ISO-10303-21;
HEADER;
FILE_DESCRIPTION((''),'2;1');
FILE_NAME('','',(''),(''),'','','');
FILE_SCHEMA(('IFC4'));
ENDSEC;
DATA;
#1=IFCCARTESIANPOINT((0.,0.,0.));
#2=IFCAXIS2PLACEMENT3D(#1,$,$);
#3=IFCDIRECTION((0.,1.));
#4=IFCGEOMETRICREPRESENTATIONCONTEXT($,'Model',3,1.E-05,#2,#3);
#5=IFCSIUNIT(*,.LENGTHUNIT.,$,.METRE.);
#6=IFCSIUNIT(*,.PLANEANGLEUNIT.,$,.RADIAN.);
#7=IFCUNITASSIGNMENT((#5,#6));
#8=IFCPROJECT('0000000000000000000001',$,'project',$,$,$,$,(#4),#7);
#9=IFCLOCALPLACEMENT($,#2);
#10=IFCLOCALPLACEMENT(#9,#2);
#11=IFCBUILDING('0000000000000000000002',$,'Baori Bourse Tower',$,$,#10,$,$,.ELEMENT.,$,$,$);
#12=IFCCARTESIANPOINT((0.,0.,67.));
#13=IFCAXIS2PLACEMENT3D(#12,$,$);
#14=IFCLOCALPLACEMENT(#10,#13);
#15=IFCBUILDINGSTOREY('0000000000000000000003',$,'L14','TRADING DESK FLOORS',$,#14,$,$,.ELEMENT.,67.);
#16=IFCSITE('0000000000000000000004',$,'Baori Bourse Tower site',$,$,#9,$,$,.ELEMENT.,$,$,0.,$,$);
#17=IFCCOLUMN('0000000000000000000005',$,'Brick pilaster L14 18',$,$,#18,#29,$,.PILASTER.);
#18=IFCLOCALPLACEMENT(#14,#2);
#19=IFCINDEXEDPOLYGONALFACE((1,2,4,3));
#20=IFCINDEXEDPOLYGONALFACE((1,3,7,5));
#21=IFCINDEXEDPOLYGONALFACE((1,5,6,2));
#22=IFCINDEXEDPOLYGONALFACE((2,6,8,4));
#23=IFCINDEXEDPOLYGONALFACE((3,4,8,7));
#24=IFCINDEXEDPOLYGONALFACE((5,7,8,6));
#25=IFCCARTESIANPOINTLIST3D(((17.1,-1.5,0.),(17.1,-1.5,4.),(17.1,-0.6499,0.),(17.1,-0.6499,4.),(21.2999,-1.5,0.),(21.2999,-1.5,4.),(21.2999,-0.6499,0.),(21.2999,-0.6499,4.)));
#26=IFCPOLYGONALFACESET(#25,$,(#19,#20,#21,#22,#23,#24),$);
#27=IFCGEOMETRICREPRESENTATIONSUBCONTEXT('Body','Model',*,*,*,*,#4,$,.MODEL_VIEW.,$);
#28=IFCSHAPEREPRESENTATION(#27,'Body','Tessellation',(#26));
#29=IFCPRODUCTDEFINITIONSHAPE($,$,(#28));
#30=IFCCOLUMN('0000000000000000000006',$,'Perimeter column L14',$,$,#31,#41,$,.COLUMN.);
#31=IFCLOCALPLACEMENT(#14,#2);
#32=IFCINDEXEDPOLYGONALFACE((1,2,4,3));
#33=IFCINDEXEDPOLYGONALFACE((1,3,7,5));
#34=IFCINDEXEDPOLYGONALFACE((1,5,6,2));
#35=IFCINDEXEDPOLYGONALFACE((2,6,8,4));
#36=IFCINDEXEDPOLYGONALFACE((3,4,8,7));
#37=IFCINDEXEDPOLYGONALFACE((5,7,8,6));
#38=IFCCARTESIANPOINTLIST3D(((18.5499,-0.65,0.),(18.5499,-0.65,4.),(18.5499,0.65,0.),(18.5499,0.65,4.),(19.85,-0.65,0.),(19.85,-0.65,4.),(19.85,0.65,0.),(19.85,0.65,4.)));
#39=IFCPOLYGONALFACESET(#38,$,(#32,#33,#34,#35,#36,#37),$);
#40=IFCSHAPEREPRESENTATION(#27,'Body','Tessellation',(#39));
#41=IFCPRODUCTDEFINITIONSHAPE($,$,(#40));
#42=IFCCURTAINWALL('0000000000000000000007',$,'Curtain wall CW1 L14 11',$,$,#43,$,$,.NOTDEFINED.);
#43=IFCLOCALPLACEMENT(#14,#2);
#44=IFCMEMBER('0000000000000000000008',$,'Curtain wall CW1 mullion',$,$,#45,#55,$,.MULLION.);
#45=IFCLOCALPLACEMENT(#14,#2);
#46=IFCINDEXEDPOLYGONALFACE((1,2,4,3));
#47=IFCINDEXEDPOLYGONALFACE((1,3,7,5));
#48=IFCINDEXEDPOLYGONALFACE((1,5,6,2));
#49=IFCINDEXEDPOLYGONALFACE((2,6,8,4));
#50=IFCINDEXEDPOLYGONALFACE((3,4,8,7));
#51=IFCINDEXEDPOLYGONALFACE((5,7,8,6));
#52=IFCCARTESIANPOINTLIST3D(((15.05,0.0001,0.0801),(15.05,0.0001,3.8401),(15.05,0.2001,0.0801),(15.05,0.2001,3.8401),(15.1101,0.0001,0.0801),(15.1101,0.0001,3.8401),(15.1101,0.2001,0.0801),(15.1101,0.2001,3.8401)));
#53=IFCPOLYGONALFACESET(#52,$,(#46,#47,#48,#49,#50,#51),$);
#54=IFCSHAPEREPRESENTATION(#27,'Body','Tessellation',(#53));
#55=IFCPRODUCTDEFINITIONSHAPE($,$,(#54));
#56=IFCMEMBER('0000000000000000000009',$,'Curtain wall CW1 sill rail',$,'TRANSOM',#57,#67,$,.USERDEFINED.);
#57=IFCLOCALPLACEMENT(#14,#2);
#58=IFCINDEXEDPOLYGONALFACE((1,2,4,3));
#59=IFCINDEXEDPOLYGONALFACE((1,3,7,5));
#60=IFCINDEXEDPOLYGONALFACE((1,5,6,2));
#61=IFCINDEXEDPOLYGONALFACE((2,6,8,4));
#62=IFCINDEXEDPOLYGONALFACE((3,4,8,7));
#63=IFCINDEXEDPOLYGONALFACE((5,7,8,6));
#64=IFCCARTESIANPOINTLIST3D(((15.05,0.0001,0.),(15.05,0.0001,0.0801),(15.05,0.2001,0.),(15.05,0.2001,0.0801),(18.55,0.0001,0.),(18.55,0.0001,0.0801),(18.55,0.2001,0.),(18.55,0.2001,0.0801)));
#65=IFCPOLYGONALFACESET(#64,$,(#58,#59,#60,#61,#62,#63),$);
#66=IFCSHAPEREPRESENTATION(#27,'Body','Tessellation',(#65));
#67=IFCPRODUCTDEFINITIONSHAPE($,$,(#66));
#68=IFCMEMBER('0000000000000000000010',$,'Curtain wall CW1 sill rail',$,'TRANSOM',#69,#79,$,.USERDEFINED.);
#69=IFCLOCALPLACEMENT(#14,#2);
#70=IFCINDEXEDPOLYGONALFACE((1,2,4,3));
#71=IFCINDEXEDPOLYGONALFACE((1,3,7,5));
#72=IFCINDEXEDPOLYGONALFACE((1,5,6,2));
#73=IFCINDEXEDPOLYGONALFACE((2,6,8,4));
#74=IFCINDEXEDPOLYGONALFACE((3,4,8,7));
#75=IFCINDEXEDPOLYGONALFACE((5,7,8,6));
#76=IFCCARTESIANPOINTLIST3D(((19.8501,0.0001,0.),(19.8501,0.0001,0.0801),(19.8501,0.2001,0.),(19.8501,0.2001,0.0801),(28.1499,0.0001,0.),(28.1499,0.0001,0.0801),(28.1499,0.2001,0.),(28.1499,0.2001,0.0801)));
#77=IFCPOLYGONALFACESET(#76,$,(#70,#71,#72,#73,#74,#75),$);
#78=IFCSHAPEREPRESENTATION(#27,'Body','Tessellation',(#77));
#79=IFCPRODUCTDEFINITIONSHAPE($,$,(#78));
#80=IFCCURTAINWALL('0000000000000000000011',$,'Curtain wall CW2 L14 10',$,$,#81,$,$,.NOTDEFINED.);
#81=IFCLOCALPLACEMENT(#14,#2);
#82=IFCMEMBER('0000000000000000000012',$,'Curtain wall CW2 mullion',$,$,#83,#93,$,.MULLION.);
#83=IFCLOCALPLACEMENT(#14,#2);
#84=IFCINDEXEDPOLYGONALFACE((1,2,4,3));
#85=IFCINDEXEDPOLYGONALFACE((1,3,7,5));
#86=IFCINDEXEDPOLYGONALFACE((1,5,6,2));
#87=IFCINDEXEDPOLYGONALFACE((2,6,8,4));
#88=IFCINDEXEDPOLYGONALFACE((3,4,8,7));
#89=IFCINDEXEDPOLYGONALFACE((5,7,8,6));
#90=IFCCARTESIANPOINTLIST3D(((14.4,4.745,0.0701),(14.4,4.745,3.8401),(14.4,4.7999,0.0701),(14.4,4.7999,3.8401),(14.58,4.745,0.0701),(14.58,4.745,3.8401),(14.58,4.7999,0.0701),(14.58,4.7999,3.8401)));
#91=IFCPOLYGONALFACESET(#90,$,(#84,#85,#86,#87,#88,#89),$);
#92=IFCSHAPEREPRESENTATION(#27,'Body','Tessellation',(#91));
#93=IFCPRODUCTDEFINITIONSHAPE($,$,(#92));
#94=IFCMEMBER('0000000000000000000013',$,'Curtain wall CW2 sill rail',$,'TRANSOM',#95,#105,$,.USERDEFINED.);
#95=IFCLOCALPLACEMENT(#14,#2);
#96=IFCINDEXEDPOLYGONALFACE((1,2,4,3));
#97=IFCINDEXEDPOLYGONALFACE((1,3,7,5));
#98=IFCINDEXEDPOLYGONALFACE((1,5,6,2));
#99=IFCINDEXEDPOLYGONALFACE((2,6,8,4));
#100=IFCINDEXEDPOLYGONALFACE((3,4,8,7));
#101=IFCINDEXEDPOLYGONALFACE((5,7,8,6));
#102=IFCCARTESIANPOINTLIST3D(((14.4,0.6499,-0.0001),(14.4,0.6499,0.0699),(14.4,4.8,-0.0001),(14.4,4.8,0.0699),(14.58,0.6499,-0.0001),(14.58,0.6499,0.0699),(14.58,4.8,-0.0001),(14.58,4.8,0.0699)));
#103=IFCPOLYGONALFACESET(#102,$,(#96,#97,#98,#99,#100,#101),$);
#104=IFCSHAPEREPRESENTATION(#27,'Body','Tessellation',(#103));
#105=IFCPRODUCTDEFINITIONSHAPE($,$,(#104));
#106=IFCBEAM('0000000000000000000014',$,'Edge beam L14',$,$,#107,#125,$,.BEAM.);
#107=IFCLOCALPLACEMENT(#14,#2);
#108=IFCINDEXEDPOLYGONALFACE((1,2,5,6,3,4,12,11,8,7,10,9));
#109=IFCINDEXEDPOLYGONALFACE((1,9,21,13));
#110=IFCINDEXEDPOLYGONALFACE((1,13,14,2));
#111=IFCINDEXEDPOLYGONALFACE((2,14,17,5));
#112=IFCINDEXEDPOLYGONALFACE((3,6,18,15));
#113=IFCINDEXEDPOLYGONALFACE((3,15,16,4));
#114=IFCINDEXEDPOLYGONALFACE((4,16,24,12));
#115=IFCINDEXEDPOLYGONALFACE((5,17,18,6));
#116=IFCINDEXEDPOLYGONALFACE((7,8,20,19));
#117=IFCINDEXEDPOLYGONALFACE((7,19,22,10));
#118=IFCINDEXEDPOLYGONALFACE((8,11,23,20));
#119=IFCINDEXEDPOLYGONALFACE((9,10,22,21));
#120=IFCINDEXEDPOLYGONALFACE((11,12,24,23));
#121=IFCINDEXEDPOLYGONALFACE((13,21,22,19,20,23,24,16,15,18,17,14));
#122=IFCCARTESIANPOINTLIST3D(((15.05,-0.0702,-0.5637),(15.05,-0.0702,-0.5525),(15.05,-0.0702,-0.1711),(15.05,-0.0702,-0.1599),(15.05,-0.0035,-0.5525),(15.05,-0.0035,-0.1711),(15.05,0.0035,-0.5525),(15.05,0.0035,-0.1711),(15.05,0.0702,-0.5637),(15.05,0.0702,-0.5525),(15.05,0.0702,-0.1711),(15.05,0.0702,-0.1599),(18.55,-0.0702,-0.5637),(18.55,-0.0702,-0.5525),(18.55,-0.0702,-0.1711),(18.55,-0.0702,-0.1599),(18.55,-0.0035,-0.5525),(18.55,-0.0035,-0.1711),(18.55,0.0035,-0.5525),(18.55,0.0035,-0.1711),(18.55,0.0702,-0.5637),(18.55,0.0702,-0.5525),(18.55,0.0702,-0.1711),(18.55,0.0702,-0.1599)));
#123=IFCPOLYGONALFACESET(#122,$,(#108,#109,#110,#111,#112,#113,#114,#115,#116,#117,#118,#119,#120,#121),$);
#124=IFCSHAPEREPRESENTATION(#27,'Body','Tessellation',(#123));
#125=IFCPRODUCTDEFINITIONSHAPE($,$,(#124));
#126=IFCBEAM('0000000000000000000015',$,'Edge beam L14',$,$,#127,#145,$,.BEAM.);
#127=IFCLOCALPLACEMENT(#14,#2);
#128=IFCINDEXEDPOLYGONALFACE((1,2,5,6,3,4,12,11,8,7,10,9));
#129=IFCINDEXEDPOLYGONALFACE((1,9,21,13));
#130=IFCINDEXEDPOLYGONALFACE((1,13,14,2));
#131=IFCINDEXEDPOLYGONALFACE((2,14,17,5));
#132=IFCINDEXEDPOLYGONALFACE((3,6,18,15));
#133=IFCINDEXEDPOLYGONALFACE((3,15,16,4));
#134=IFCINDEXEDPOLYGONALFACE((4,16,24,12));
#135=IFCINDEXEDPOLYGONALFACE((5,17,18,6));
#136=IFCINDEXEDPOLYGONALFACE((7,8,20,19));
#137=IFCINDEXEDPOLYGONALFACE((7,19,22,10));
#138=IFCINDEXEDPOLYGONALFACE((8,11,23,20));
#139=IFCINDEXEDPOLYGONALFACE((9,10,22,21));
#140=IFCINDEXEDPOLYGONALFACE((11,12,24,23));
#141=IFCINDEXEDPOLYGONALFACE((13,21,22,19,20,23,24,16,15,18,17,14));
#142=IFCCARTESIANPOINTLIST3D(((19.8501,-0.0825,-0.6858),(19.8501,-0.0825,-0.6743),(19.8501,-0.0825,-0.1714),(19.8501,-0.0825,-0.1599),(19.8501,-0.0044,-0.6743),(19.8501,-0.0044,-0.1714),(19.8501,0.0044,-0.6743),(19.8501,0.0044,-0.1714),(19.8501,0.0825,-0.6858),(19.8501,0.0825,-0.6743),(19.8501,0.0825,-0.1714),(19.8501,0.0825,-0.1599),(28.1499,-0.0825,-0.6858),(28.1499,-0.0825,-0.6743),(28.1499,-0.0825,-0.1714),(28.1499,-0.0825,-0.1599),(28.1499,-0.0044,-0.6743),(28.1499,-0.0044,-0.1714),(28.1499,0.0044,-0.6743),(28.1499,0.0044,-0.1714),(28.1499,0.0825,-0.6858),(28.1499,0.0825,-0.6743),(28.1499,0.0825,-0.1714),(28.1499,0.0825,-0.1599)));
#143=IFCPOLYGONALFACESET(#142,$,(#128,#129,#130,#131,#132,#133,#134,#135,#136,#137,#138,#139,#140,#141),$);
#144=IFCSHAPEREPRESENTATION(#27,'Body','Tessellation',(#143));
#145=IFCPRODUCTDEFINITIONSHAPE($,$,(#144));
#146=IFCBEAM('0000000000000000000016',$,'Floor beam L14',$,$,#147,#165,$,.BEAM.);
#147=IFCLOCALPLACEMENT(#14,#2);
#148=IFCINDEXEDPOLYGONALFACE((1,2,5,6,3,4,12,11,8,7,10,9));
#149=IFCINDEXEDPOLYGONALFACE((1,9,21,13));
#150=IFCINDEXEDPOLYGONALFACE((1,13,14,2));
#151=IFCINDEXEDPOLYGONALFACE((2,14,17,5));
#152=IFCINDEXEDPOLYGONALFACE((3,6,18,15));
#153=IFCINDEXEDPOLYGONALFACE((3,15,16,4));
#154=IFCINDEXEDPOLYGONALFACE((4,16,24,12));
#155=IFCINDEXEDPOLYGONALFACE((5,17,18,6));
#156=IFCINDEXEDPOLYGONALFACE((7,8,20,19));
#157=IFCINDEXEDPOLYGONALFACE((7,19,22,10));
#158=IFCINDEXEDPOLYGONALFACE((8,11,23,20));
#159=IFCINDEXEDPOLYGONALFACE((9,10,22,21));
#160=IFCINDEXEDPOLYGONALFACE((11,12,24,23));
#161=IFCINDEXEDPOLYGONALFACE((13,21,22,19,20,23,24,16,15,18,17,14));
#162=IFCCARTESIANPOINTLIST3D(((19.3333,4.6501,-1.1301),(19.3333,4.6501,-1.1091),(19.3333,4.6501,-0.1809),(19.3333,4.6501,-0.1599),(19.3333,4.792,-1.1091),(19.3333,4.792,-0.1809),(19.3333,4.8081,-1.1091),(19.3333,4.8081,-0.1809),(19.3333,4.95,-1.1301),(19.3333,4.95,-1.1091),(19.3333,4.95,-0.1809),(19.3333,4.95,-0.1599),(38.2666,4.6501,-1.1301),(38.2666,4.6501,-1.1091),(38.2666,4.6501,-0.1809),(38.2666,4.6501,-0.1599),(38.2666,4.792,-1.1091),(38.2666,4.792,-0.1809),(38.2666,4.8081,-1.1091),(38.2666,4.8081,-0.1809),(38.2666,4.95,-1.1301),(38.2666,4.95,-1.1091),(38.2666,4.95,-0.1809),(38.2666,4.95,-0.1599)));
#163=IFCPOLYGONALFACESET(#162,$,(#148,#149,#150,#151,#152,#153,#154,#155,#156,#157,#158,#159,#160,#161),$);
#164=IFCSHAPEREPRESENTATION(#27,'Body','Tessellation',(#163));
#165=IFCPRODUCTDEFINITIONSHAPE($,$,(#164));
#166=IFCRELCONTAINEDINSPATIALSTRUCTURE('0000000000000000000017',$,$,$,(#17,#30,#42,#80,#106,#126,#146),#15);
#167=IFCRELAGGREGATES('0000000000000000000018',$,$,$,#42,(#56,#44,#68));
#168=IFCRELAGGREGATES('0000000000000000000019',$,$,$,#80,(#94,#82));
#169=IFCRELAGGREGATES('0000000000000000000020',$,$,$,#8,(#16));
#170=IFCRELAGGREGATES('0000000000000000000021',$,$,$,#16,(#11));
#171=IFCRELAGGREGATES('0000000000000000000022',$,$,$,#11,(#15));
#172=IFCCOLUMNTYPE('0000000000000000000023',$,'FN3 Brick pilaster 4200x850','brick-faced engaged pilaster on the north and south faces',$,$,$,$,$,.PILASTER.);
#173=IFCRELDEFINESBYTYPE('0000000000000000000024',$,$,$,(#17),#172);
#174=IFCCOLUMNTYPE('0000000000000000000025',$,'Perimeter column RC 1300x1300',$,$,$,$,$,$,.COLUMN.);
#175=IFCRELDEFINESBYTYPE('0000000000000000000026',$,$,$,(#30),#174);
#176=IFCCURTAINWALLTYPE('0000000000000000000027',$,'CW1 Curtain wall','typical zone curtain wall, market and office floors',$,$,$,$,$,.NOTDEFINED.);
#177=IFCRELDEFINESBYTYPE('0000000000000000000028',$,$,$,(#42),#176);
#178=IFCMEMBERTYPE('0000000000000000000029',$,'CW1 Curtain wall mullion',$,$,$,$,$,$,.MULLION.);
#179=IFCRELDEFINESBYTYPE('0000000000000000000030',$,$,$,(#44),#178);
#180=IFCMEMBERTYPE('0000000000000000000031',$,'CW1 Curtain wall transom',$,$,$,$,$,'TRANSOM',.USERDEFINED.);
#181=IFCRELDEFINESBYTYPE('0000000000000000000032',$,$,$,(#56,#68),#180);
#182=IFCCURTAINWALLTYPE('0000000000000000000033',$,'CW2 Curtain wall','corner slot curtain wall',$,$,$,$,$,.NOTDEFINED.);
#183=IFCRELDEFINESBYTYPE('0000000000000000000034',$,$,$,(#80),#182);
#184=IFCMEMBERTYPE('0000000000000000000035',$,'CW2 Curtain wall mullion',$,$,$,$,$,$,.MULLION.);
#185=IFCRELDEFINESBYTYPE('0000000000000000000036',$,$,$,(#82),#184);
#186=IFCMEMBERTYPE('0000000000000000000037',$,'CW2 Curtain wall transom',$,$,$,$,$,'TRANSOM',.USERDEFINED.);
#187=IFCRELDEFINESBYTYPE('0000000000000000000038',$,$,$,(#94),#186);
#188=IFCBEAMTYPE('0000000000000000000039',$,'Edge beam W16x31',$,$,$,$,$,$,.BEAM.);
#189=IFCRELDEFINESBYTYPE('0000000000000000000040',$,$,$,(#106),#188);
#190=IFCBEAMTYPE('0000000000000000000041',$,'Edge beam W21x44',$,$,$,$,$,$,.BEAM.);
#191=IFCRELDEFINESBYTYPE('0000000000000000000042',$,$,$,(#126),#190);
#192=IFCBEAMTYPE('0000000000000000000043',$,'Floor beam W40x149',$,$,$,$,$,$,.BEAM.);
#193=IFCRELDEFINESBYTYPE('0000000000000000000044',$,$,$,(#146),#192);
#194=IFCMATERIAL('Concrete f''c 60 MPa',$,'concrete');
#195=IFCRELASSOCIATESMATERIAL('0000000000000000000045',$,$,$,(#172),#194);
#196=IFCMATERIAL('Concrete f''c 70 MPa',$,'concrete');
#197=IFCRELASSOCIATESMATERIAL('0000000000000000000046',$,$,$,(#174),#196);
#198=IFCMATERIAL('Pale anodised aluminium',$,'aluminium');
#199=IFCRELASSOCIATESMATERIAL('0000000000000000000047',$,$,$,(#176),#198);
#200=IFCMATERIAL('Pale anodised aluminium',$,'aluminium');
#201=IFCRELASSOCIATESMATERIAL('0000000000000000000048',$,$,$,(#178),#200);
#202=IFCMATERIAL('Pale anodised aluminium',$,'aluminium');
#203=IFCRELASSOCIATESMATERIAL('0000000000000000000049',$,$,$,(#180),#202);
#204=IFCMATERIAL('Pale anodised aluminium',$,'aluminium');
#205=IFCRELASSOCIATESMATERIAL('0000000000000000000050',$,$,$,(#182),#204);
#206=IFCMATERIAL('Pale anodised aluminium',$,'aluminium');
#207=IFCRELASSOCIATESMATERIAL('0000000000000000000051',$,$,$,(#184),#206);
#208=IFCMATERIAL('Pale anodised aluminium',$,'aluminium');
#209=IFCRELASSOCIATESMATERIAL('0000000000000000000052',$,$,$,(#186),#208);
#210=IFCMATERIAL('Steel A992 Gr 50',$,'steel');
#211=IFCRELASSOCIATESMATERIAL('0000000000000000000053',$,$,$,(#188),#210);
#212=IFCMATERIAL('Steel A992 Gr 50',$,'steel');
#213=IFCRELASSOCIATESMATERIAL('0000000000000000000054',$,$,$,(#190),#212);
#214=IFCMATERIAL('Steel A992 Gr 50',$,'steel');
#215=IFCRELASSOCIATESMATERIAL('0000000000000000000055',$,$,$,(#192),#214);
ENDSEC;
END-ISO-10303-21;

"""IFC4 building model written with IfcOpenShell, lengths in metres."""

from ifc_helpers import new_model, si_unit, direction, frame, origin, origin_2d, place, context, subcontext, project, spatial, rectangle, i_section, extrude, material, material_profile, profile_set, type_object, element, aggregate, save


model = new_model("IFC4")

# Units and contexts
model_context = context("Model", 3, precision=1e-05, world=origin(), true_north=direction((0.0, 1.0)))
body_context = subcontext(model_context, "Body", "Model", "MODEL_VIEW")
ifc_project = project(units=[si_unit("LENGTHUNIT", "METRE"), si_unit("PLANEANGLEUNIT", "RADIAN")], contexts=[model_context])

# Site, building, storey
site_placement = place(None, origin())
site = spatial("IfcSite", under=ifc_project, at=site_placement, Name="Baori Bourse Tower site", CompositionType="ELEMENT", RefElevation=0.0)
building_placement = place(site_placement, origin())
building = spatial("IfcBuilding", under=site, at=building_placement, Name="Baori Bourse Tower", CompositionType="ELEMENT")
storey_placement = place(building_placement, frame((0.0, 0.0, 67.0)))
storey = spatial("IfcBuildingStorey", under=building, at=storey_placement, Name="L14", Description="TRADING DESK FLOORS", CompositionType="ELEMENT", Elevation=67.0)

# Columns
ifc_material_1 = material(Name="Concrete f'c 60 MPa", Category="concrete")
ifc_material_profile_1 = material_profile(ifc_material_1, rectangle(XDim=4.2, YDim=0.8501, at=origin_2d()), Name="RC 4200x850")
ifc_profile_set_1 = profile_set([ifc_material_profile_1], Name="Concrete f'c 60 MPa")
column_type_1 = type_object("IfcColumnType", Name="FN3 Brick pilaster 4200x850", Description="brick-faced engaged pilaster on the north and south faces", PredefinedType="PILASTER", material=ifc_profile_set_1)
column_1_placement = place(storey_placement, frame((19.2, -1.075, 0.0), z_axis=(0.0, 0.0, 1.0), x_axis=(1.0, 0.0, 0.0)))
element("IfcColumn", 1, at=column_1_placement, inside=storey, type_object=column_type_1, Name="Brick pilaster L14 18", PredefinedType="PILASTER", context=body_context, shape_type="SweptSolid", body=[
    extrude(rectangle(XDim=4.2, YDim=0.8501, at=origin_2d()), origin(), (0.0, 0.0, 1.0), 4.0),
])
ifc_material_2 = material(Name="Concrete f'c 70 MPa", Category="concrete")
ifc_material_profile_2 = material_profile(ifc_material_2, rectangle(XDim=1.3, YDim=1.3, at=origin_2d()), Name="RC 1300x1300")
ifc_profile_set_2 = profile_set([ifc_material_profile_2], Name="Concrete f'c 70 MPa")
column_type_2 = type_object("IfcColumnType", Name="Perimeter column RC 1300x1300", PredefinedType="COLUMN", material=ifc_profile_set_2)
column_2_placement = place(storey_placement, frame((19.2, 0.0, 0.0), z_axis=(0.0, 0.0, 1.0), x_axis=(1.0, 0.0, 0.0)))
element("IfcColumn", 2, at=column_2_placement, inside=storey, type_object=column_type_2, Name="Perimeter column L14", PredefinedType="COLUMN", context=body_context, shape_type="SweptSolid", body=[
    extrude(rectangle(XDim=1.3, YDim=1.3, at=origin_2d()), origin(), (0.0, 0.0, 1.0), 4.0),
])

# Curtain walls, members
ifc_material_3 = material(Name="Pale anodised aluminium", Category="aluminium")
curtain_wall_type_1 = type_object("IfcCurtainWallType", Name="CW1 Curtain wall", Description="typical zone curtain wall, market and office floors", PredefinedType="NOTDEFINED", material=ifc_material_3)
curtain_wall_1_placement = place(storey_placement, origin())
curtain_wall_1 = element("IfcCurtainWall", 3, at=curtain_wall_1_placement, inside=storey, type_object=curtain_wall_type_1, Name="Curtain wall CW1 L14 11", PredefinedType="NOTDEFINED")
ifc_material_4 = material(Name="Pale anodised aluminium", Category="aluminium")
ifc_material_profile_3 = material_profile(ifc_material_4, rectangle(XDim=0.2, YDim=0.0601, at=origin_2d()), Name="Mullion 60x200")
ifc_profile_set_3 = profile_set([ifc_material_profile_3], Name="Pale anodised aluminium")
member_type_1 = type_object("IfcMemberType", Name="CW1 Curtain wall mullion", PredefinedType="MULLION", material=ifc_profile_set_3)
member_1_placement = place(storey_placement, frame((15.0801, 0.1001, 0.0801), z_axis=(0.0, 0.0, 1.0), x_axis=(0.0, 1.0, 0.0)))
member_1 = element("IfcMember", 4, at=member_1_placement, type_object=member_type_1, Name="Curtain wall CW1 mullion", PredefinedType="MULLION", context=body_context, shape_type="SweptSolid", body=[
    extrude(rectangle(XDim=0.2, YDim=0.0601, at=origin_2d()), origin(), (0.0, 0.0, 1.0), 3.76),
])
ifc_material_5 = material(Name="Pale anodised aluminium", Category="aluminium")
ifc_material_profile_4 = material_profile(ifc_material_5, rectangle(XDim=0.2, YDim=0.0801, at=origin_2d()), Name="Transom 80x200")
ifc_profile_set_4 = profile_set([ifc_material_profile_4], Name="Pale anodised aluminium")
member_type_2 = type_object("IfcMemberType", Name="CW1 Curtain wall transom", ElementType="TRANSOM", PredefinedType="USERDEFINED", material=ifc_profile_set_4)
member_2_placement = place(storey_placement, frame((15.05, 0.1001, 0.04), z_axis=(1.0, 0.0, 0.0), x_axis=(0.0, 1.0, 0.0)))
member_2 = element("IfcMember", 5, at=member_2_placement, type_object=member_type_2, Name="Curtain wall CW1 sill rail", ObjectType="TRANSOM", PredefinedType="USERDEFINED", context=body_context, shape_type="SweptSolid", body=[
    extrude(rectangle(XDim=0.2, YDim=0.0801, at=origin_2d()), origin(), (0.0, 0.0, 1.0), 3.5),
])
member_3_placement = place(storey_placement, frame((19.8501, 0.1001, 0.04), z_axis=(1.0, 0.0, 0.0), x_axis=(0.0, 1.0, 0.0)))
member_3 = element("IfcMember", 6, at=member_3_placement, type_object=member_type_2, Name="Curtain wall CW1 sill rail", ObjectType="TRANSOM", PredefinedType="USERDEFINED", context=body_context, shape_type="SweptSolid", body=[
    extrude(rectangle(XDim=0.2, YDim=0.0801, at=origin_2d()), origin(), (0.0, 0.0, 1.0), 8.2998),
])
ifc_material_6 = material(Name="Pale anodised aluminium", Category="aluminium")
curtain_wall_type_2 = type_object("IfcCurtainWallType", Name="CW2 Curtain wall", Description="corner slot curtain wall", PredefinedType="NOTDEFINED", material=ifc_material_6)
curtain_wall_2_placement = place(storey_placement, origin())
curtain_wall_2 = element("IfcCurtainWall", 7, at=curtain_wall_2_placement, inside=storey, type_object=curtain_wall_type_2, Name="Curtain wall CW2 L14 10", PredefinedType="NOTDEFINED")
ifc_material_7 = material(Name="Pale anodised aluminium", Category="aluminium")
ifc_material_profile_5 = material_profile(ifc_material_7, rectangle(XDim=0.1799, YDim=0.0549, at=origin_2d()), Name="Mullion 55x180")
ifc_profile_set_5 = profile_set([ifc_material_profile_5], Name="Pale anodised aluminium")
member_type_3 = type_object("IfcMemberType", Name="CW2 Curtain wall mullion", PredefinedType="MULLION", material=ifc_profile_set_5)
member_4_placement = place(storey_placement, frame((14.49, 4.7725, 0.0701), z_axis=(0.0, 0.0, 1.0), x_axis=(1.0, 0.0, 0.0)))
member_4 = element("IfcMember", 8, at=member_4_placement, type_object=member_type_3, Name="Curtain wall CW2 mullion", PredefinedType="MULLION", context=body_context, shape_type="SweptSolid", body=[
    extrude(rectangle(XDim=0.1799, YDim=0.0549, at=origin_2d()), origin(), (0.0, 0.0, 1.0), 3.77),
])
ifc_material_8 = material(Name="Pale anodised aluminium", Category="aluminium")
ifc_material_profile_6 = material_profile(ifc_material_8, rectangle(XDim=0.1799, YDim=0.0701, at=origin_2d()), Name="Transom 70x180")
ifc_profile_set_6 = profile_set([ifc_material_profile_6], Name="Pale anodised aluminium")
member_type_4 = type_object("IfcMemberType", Name="CW2 Curtain wall transom", ElementType="TRANSOM", PredefinedType="USERDEFINED", material=ifc_profile_set_6)
member_5_placement = place(storey_placement, frame((14.49, 4.8, 0.0349), z_axis=(0.0, -1.0, 0.0), x_axis=(1.0, 0.0, 0.0)))
member_5 = element("IfcMember", 9, at=member_5_placement, type_object=member_type_4, Name="Curtain wall CW2 sill rail", ObjectType="TRANSOM", PredefinedType="USERDEFINED", context=body_context, shape_type="SweptSolid", body=[
    extrude(rectangle(XDim=0.1799, YDim=0.0701, at=origin_2d()), origin(), (0.0, 0.0, 1.0), 4.1501),
])

# Beams
ifc_material_9 = material(Name="Steel A992 Gr 50", Category="steel")
ifc_material_profile_7 = material_profile(ifc_material_9, i_section(OverallWidth=0.1404, OverallDepth=0.4038, WebThickness=0.0071, FlangeThickness=0.0112, at=origin_2d()), Name="W16x31")
ifc_profile_set_7 = profile_set([ifc_material_profile_7], Name="Steel A992 Gr 50")
beam_type_1 = type_object("IfcBeamType", Name="Edge beam W16x31", PredefinedType="BEAM", material=ifc_profile_set_7)
beam_1_placement = place(storey_placement, frame((15.05, 0.0, -0.3618), z_axis=(1.0, 0.0, 0.0), x_axis=(0.0, 1.0, 0.0)))
element("IfcBeam", 10, at=beam_1_placement, inside=storey, type_object=beam_type_1, Name="Edge beam L14", PredefinedType="BEAM", context=body_context, shape_type="SweptSolid", body=[
    extrude(i_section(OverallWidth=0.1404, OverallDepth=0.4038, WebThickness=0.0071, FlangeThickness=0.0112, at=origin_2d()), origin(), (0.0, 0.0, 1.0), 3.5),
])
ifc_material_10 = material(Name="Steel A992 Gr 50", Category="steel")
ifc_material_profile_8 = material_profile(ifc_material_10, i_section(OverallWidth=0.165, OverallDepth=0.5259, WebThickness=0.0088, FlangeThickness=0.0115, at=origin_2d()), Name="W21x44")
ifc_profile_set_8 = profile_set([ifc_material_profile_8], Name="Steel A992 Gr 50")
beam_type_2 = type_object("IfcBeamType", Name="Edge beam W21x44", PredefinedType="BEAM", material=ifc_profile_set_8)
beam_2_placement = place(storey_placement, frame((19.8501, 0.0, -0.4229), z_axis=(1.0, 0.0, 0.0), x_axis=(0.0, 1.0, 0.0)))
element("IfcBeam", 11, at=beam_2_placement, inside=storey, type_object=beam_type_2, Name="Edge beam L14", PredefinedType="BEAM", context=body_context, shape_type="SweptSolid", body=[
    extrude(i_section(OverallWidth=0.165, OverallDepth=0.5259, WebThickness=0.0088, FlangeThickness=0.0115, at=origin_2d()), origin(), (0.0, 0.0, 1.0), 8.2998),
])
ifc_material_11 = material(Name="Steel A992 Gr 50", Category="steel")
ifc_material_profile_9 = material_profile(ifc_material_11, i_section(OverallWidth=0.2998, OverallDepth=0.9702, WebThickness=0.0161, FlangeThickness=0.021, at=origin_2d()), Name="W40x149")
ifc_profile_set_9 = profile_set([ifc_material_profile_9], Name="Steel A992 Gr 50")
beam_type_3 = type_object("IfcBeamType", Name="Floor beam W40x149", PredefinedType="BEAM", material=ifc_profile_set_9)
beam_3_placement = place(storey_placement, frame((19.3333, 4.8, -0.645), z_axis=(1.0, 0.0, 0.0), x_axis=(0.0, 1.0, 0.0)))
element("IfcBeam", 12, at=beam_3_placement, inside=storey, type_object=beam_type_3, Name="Floor beam L14", PredefinedType="BEAM", context=body_context, shape_type="SweptSolid", body=[
    extrude(i_section(OverallWidth=0.2998, OverallDepth=0.9702, WebThickness=0.0161, FlangeThickness=0.021, at=origin_2d()), origin(), (0.0, 0.0, 1.0), 18.9333),
])

aggregate(curtain_wall_1, [member_2, member_1, member_3])
aggregate(curtain_wall_2, [member_5, member_4])

save(model, "model.ifc")
